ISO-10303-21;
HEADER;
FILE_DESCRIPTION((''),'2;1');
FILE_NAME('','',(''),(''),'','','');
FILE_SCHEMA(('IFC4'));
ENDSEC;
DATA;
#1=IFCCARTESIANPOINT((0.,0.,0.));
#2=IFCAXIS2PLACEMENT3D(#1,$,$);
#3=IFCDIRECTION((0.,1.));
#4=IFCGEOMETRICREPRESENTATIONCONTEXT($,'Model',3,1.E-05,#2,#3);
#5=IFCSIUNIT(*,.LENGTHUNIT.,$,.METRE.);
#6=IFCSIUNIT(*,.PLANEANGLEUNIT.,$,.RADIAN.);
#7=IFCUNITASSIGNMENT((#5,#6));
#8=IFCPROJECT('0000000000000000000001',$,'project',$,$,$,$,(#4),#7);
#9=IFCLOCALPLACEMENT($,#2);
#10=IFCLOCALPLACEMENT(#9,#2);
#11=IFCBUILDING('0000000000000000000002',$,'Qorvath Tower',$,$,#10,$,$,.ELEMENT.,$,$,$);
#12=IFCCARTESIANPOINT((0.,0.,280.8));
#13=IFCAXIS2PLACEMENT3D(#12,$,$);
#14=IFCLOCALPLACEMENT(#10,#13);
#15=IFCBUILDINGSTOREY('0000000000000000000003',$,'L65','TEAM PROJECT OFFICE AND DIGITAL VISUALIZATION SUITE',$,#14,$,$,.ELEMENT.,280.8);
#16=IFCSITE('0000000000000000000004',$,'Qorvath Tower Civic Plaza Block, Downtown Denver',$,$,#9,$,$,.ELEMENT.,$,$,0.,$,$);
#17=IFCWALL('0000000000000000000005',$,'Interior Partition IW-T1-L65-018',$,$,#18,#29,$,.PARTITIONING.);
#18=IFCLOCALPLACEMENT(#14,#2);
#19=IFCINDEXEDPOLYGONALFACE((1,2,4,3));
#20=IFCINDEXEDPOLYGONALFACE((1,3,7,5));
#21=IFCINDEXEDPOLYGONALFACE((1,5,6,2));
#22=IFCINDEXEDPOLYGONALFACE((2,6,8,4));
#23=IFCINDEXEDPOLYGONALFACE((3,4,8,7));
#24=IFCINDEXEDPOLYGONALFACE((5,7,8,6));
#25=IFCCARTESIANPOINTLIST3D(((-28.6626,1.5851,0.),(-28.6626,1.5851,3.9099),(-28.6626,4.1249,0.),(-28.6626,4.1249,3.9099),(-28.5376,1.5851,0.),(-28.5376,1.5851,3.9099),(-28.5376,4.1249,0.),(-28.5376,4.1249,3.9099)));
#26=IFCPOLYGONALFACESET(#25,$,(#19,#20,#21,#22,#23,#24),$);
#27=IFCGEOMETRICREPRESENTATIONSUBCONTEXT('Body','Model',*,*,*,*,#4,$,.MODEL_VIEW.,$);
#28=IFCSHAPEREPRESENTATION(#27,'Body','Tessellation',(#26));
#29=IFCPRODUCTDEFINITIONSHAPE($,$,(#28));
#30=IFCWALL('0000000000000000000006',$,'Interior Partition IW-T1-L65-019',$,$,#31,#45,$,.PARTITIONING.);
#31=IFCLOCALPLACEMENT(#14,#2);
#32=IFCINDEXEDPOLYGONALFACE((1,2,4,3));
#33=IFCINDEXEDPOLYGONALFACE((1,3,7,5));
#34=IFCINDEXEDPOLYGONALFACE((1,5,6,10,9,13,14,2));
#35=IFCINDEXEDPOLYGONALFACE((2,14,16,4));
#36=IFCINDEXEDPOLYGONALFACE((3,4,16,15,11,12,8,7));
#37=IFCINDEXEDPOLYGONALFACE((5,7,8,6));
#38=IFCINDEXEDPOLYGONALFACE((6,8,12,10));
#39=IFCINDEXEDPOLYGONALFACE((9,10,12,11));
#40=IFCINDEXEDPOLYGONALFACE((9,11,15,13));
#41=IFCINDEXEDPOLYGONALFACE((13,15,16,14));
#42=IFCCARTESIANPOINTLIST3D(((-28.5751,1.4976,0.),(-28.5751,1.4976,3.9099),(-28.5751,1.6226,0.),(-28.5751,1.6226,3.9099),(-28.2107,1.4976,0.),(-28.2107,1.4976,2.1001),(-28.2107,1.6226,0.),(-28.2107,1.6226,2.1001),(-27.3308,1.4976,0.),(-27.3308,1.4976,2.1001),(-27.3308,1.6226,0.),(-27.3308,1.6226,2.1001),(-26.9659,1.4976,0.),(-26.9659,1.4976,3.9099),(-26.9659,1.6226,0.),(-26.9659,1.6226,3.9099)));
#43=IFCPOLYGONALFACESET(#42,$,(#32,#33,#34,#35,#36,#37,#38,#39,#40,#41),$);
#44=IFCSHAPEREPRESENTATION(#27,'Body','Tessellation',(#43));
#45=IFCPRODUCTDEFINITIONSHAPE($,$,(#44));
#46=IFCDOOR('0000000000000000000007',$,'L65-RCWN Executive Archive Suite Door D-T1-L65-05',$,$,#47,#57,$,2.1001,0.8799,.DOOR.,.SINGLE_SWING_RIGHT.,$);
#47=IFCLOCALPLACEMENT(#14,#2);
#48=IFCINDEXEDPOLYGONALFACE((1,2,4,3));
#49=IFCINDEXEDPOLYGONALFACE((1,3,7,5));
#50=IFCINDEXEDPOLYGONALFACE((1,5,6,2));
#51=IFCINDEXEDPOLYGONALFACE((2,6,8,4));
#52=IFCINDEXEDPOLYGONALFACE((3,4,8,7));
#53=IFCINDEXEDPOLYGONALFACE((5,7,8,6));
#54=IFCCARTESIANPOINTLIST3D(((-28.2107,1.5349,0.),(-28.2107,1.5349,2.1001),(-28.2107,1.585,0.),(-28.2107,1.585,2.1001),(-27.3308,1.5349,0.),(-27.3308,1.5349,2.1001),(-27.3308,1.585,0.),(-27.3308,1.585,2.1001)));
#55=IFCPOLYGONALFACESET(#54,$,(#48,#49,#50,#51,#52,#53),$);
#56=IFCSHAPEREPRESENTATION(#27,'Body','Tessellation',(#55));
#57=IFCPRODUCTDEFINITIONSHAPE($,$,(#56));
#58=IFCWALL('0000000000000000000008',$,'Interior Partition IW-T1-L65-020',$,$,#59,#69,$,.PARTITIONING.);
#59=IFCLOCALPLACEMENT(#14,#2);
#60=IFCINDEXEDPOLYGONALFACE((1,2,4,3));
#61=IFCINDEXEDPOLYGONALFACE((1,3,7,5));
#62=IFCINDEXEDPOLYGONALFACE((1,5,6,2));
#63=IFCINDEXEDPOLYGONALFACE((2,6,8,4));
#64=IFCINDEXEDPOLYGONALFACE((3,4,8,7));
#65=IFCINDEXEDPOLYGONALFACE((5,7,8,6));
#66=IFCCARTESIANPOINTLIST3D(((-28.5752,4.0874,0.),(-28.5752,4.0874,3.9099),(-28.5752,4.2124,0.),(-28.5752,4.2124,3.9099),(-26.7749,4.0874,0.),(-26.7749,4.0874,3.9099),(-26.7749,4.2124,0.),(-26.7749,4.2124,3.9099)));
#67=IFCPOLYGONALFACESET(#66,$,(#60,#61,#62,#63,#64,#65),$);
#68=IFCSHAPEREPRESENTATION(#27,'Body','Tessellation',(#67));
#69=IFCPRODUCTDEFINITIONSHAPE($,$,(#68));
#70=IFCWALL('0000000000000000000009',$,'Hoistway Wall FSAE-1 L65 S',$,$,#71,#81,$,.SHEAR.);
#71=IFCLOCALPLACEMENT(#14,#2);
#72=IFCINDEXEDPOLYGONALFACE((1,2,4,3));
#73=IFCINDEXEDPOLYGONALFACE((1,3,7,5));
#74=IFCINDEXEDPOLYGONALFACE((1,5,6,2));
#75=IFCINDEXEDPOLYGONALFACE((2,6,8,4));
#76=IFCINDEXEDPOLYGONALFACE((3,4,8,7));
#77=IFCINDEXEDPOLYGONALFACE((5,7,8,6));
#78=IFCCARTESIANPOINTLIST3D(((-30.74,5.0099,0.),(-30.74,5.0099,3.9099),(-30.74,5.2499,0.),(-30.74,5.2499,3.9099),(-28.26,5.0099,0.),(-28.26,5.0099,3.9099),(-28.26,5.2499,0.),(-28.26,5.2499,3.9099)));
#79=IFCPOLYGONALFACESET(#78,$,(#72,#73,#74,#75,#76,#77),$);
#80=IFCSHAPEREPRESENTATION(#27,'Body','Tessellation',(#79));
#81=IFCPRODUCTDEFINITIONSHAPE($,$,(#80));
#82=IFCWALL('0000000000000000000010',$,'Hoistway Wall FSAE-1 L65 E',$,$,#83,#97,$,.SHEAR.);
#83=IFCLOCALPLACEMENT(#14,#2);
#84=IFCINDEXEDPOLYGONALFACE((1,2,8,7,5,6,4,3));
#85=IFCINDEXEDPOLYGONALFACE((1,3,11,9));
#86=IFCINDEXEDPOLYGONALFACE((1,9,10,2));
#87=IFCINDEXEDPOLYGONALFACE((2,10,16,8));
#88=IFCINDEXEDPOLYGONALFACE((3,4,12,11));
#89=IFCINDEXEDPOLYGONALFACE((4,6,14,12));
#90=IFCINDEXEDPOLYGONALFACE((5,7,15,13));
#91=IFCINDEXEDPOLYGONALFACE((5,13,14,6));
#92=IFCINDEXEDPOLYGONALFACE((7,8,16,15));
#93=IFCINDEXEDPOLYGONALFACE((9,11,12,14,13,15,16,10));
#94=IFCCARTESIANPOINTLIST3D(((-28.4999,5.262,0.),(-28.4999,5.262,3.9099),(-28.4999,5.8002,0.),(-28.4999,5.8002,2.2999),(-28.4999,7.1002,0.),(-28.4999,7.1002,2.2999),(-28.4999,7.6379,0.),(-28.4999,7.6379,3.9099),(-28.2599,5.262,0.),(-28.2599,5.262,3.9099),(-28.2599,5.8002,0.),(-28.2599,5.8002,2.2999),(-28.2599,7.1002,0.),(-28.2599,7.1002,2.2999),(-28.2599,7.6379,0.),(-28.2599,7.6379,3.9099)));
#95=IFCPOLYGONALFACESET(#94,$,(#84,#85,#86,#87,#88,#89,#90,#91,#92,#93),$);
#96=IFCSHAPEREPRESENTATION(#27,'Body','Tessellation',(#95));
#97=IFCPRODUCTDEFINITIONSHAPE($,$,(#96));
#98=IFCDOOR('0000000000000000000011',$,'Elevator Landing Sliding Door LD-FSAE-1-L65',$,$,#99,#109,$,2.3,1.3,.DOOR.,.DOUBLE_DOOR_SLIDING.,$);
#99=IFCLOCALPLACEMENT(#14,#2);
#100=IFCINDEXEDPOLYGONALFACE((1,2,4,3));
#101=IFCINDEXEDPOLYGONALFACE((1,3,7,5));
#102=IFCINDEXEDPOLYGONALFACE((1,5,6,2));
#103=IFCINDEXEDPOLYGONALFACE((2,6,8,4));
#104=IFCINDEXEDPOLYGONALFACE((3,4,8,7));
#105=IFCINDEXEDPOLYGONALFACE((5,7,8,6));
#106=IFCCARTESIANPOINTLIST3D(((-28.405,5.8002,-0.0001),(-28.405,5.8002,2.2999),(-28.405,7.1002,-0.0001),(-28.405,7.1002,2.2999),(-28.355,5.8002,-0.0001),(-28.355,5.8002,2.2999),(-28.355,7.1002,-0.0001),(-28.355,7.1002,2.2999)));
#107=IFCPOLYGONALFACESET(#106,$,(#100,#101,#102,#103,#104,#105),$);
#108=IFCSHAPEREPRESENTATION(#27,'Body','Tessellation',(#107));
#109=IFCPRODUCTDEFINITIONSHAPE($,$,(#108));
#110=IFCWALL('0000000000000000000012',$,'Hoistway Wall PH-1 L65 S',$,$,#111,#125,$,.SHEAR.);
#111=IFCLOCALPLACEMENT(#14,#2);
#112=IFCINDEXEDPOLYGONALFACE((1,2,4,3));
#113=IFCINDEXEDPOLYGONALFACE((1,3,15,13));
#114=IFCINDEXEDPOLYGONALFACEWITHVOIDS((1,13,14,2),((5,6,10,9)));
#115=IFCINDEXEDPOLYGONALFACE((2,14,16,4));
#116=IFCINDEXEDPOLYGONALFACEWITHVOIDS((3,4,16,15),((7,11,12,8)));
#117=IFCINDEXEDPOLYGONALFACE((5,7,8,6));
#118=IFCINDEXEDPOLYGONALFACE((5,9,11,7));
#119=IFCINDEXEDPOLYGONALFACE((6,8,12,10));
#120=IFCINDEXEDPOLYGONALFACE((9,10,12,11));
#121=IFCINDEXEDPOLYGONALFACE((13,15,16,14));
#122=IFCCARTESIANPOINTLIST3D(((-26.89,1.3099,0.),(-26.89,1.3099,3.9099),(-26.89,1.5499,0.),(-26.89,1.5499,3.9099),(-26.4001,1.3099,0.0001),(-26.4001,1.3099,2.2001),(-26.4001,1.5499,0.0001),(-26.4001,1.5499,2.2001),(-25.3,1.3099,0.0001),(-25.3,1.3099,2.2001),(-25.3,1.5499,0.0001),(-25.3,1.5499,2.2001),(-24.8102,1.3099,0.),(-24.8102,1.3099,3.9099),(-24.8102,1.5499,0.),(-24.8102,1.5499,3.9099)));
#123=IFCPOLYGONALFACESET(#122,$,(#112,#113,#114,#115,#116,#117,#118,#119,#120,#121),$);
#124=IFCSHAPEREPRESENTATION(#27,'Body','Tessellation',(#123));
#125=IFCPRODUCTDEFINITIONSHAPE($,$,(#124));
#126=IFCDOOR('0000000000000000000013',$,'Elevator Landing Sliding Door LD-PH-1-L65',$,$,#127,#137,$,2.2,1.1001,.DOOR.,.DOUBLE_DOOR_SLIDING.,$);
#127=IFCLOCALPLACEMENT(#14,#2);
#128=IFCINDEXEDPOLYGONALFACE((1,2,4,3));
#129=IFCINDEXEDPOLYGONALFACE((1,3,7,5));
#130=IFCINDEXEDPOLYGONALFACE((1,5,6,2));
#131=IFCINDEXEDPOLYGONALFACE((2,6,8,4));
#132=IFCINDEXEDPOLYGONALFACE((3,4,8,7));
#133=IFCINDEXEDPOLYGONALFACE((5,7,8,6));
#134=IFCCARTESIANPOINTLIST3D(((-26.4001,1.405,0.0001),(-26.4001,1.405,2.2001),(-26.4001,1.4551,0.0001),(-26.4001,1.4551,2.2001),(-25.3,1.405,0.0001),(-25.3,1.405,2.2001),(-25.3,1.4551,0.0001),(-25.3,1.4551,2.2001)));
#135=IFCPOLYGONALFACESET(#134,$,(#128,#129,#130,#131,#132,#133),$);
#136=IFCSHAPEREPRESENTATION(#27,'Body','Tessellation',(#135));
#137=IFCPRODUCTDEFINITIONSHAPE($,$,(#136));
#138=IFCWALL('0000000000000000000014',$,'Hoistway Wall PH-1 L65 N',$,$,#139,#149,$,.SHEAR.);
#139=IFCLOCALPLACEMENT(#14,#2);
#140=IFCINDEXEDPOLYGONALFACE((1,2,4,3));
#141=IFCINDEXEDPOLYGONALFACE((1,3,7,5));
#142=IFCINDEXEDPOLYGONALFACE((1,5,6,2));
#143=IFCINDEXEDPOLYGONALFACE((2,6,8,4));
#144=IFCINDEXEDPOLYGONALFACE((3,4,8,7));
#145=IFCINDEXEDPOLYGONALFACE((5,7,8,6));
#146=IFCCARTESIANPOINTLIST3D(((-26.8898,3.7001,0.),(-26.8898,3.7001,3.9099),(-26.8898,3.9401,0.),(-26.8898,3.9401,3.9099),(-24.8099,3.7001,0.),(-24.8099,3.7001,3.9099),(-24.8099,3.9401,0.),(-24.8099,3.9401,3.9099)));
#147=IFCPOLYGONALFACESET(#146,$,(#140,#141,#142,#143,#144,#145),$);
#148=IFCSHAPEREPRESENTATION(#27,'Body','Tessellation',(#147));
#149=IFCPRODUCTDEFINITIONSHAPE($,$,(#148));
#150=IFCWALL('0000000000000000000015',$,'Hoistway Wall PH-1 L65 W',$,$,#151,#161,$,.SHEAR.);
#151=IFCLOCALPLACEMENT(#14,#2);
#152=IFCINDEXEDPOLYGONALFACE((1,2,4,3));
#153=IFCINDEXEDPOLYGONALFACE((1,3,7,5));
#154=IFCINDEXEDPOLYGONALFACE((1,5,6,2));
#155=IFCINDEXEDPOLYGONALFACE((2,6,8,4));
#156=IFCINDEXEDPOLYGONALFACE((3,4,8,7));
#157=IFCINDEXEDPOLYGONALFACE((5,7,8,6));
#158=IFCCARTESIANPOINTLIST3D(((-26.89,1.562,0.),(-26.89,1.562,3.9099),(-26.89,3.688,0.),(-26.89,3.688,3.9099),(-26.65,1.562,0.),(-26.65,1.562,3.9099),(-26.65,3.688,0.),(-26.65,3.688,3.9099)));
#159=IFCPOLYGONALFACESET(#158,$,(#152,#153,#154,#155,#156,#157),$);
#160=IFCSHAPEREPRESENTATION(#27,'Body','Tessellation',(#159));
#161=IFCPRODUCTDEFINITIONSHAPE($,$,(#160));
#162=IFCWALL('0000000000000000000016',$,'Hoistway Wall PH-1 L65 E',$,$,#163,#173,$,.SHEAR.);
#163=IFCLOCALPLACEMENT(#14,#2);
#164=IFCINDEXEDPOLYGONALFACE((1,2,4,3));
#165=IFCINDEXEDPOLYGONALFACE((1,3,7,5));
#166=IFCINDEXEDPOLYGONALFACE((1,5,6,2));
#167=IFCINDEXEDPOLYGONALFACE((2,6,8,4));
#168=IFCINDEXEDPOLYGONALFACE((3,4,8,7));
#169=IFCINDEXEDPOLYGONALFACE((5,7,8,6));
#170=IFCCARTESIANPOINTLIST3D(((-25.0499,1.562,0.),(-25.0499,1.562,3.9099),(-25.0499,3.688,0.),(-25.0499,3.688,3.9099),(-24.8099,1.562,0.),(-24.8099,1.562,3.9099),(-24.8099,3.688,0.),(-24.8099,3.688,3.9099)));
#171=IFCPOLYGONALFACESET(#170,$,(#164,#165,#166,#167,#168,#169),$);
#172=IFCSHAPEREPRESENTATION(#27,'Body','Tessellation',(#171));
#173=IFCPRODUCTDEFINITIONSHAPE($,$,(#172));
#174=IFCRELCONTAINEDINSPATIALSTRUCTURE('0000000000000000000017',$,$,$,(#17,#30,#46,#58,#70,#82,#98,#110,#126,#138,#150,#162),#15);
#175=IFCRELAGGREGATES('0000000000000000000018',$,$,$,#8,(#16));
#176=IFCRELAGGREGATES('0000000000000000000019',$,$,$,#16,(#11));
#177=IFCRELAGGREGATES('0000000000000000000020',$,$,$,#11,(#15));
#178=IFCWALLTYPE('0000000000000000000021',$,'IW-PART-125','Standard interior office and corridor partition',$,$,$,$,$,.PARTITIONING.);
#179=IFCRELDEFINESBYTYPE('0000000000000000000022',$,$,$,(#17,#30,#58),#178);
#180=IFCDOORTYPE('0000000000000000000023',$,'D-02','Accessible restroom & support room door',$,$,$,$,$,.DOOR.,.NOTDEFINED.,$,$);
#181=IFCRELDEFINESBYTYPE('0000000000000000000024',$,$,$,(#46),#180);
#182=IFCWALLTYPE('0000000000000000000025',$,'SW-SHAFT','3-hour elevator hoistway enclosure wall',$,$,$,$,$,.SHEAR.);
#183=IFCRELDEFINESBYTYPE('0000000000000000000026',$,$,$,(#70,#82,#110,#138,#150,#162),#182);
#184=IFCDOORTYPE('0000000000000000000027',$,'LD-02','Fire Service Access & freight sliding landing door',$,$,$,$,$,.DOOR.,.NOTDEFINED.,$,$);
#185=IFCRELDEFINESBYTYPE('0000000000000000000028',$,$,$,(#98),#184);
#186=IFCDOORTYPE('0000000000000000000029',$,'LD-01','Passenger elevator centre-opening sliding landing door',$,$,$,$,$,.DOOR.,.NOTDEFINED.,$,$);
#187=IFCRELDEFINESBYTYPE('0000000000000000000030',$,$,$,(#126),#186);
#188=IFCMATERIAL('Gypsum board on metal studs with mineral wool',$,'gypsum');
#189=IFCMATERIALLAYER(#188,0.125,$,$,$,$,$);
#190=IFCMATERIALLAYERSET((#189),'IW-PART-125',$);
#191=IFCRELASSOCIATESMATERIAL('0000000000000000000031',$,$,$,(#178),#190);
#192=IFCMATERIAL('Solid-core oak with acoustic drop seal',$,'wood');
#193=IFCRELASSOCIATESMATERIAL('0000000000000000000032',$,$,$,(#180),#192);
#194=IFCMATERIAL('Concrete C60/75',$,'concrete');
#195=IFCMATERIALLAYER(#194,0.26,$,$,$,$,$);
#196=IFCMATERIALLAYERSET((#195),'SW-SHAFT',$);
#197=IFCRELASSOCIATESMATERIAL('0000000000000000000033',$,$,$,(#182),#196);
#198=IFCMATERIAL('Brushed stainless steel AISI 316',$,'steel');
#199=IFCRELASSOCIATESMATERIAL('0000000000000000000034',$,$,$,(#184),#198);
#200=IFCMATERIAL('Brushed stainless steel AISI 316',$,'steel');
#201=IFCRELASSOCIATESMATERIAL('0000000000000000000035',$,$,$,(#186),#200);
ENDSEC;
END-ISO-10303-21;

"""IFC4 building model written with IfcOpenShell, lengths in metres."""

from ifc_helpers import new_model, si_unit, direction, frame, frame_2d, origin, place, context, subcontext, project, spatial, rectangle, extrude, material, layer, layer_set, type_object, element, fill, save


model = new_model("IFC4")

# Units and contexts
model_context = context("Model", 3, precision=1e-05, world=origin(), true_north=direction((0.0, 1.0)))
body_context = subcontext(model_context, "Body", "Model", "MODEL_VIEW")
ifc_project = project(units=[si_unit("LENGTHUNIT", "METRE"), si_unit("PLANEANGLEUNIT", "RADIAN")], contexts=[model_context])

# Site, building, storey
site_placement = place(None, origin())
site = spatial("IfcSite", under=ifc_project, at=site_placement, Name="Qorvath Tower Civic Plaza Block, Downtown Denver", CompositionType="ELEMENT", RefElevation=0.0)
building_placement = place(site_placement, origin())
building = spatial("IfcBuilding", under=site, at=building_placement, Name="Qorvath Tower", CompositionType="ELEMENT")
storey_placement = place(building_placement, frame((0.0, 0.0, 280.8)))
storey = spatial("IfcBuildingStorey", under=building, at=storey_placement, Name="L65", Description="TEAM PROJECT OFFICE AND DIGITAL VISUALIZATION SUITE", CompositionType="ELEMENT", Elevation=280.8)

# Wall
ifc_material_1 = material(Name="Gypsum board on metal studs with mineral wool", Category="gypsum")
ifc_layer_1 = layer(ifc_material_1, 0.125)
ifc_layer_set_1 = layer_set([ifc_layer_1], Name="IW-PART-125")
wall_type_1 = type_object("IfcWallType", Name="IW-PART-125", Description="Standard interior office and corridor partition", PredefinedType="PARTITIONING", material=ifc_layer_set_1)
wall_1_placement = place(storey_placement, frame((-28.6001, 4.125, 0.0), z_axis=(0.0, 0.0, 1.0), x_axis=(0.0, -1.0, 0.0)))
element("IfcWall", 1, at=wall_1_placement, inside=storey, type_object=wall_type_1, Name="Interior Partition IW-T1-L65-018", PredefinedType="PARTITIONING", context=body_context, shape_type="SweptSolid", body=[
    extrude(rectangle(XDim=2.5398, YDim=0.125, at=frame_2d((1.27, 0.0))), origin(), (0.0, 0.0, 1.0), 3.9099),
])

# Wall, opening, door
wall_2_placement = place(storey_placement, frame((-28.5752, 1.5601, 0.0), z_axis=(0.0, 0.0, 1.0), x_axis=(1.0, 0.0, 0.0)))
wall_2 = element("IfcWall", 2, at=wall_2_placement, inside=storey, type_object=wall_type_1, Name="Interior Partition IW-T1-L65-019", PredefinedType="PARTITIONING", context=body_context, shape_type="SweptSolid", body=[
    extrude(rectangle(XDim=1.6091, YDim=0.125, at=frame_2d((0.8047, 0.0))), origin(), (0.0, 0.0, 1.0), 3.9099),
])
opening_1_placement = place(wall_2_placement, frame((0.3645, 0.0, 0.0)))
opening_1 = element("IfcOpeningElement", 3, at=opening_1_placement, cuts=wall_2, PredefinedType="OPENING", context=body_context, shape_type="SweptSolid", body=[
    extrude(rectangle(XDim=0.8799, YDim=2.1001, at=frame_2d((0.4399, 1.05))), frame((0.0, 0.0725, 0.0), z_axis=(0.0, -1.0, 0.0), x_axis=(1.0, 0.0, 0.0)), (0.0, 0.0, 1.0), 0.145),
])
ifc_material_2 = material(Name="Solid-core oak with acoustic drop seal", Category="wood")
door_type_1 = type_object("IfcDoorType", Name="D-02", Description="Accessible restroom & support room door", OperationType="NOTDEFINED", PredefinedType="DOOR", material=ifc_material_2)
door_1_placement = place(opening_1_placement, origin())
door_1 = element("IfcDoor", 4, at=door_1_placement, inside=storey, type_object=door_type_1, Name="L65-RCWN Executive Archive Suite Door D-T1-L65-05", OperationType="SINGLE_SWING_RIGHT", OverallHeight=2.1001, OverallWidth=0.8799, PredefinedType="DOOR", context=body_context, shape_type="SweptSolid", body=[
    extrude(rectangle(XDim=0.8799, YDim=2.1001, at=frame_2d((0.4399, 1.05))), frame((0.0, 0.0249, 0.0), z_axis=(0.0, -1.0, 0.0), x_axis=(1.0, 0.0, 0.0)), (0.0, 0.0, 1.0), 0.05),
])
fill(opening_1, door_1)

# Walls
wall_3_placement = place(storey_placement, frame((-26.7749, 4.1499, 0.0), z_axis=(0.0, 0.0, 1.0), x_axis=(-1.0, 0.0, 0.0)))
element("IfcWall", 5, at=wall_3_placement, inside=storey, type_object=wall_type_1, Name="Interior Partition IW-T1-L65-020", PredefinedType="PARTITIONING", context=body_context, shape_type="SweptSolid", body=[
    extrude(rectangle(XDim=1.8003, YDim=0.125, at=frame_2d((0.9001, 0.0))), origin(), (0.0, 0.0, 1.0), 3.9099),
])
ifc_material_3 = material(Name="Concrete C60/75", Category="concrete")
ifc_layer_2 = layer(ifc_material_3, 0.26)
ifc_layer_set_2 = layer_set([ifc_layer_2], Name="SW-SHAFT")
wall_type_2 = type_object("IfcWallType", Name="SW-SHAFT", Description="3-hour elevator hoistway enclosure wall", PredefinedType="SHEAR", material=ifc_layer_set_2)
wall_4_placement = place(storey_placement, frame((-28.26, 5.1299, 0.0), z_axis=(0.0, 0.0, 1.0), x_axis=(-1.0, 0.0, 0.0)))
element("IfcWall", 6, at=wall_4_placement, inside=storey, type_object=wall_type_2, Name="Hoistway Wall FSAE-1 L65 S", PredefinedType="SHEAR", context=body_context, shape_type="SweptSolid", body=[
    extrude(rectangle(XDim=2.48, YDim=0.24, at=frame_2d((1.24, 0.0))), origin(), (0.0, 0.0, 1.0), 3.9099),
])

# Walls, openings, doors
wall_5_placement = place(storey_placement, frame((-28.3799, 7.6379, 0.0), z_axis=(0.0, 0.0, 1.0), x_axis=(0.0, -1.0, 0.0)))
wall_5 = element("IfcWall", 7, at=wall_5_placement, inside=storey, type_object=wall_type_2, Name="Hoistway Wall FSAE-1 L65 E", PredefinedType="SHEAR", context=body_context, shape_type="SweptSolid", body=[
    extrude(rectangle(XDim=2.376, YDim=0.24, at=frame_2d((1.188, 0.0))), origin(), (0.0, 0.0, 1.0), 3.9099),
])
opening_2_placement = place(wall_5_placement, frame((0.5378, 0.0, 0.0)))
opening_2 = element("IfcOpeningElement", 8, at=opening_2_placement, cuts=wall_5, PredefinedType="OPENING", context=body_context, shape_type="SweptSolid", body=[
    extrude(rectangle(XDim=1.3, YDim=2.3, at=frame_2d((0.6499, 1.1499))), frame((0.0, 0.1299, 0.0), z_axis=(0.0, -1.0, 0.0), x_axis=(1.0, 0.0, 0.0)), (0.0, 0.0, 1.0), 0.26),
])
ifc_material_4 = material(Name="Brushed stainless steel AISI 316", Category="steel")
door_type_2 = type_object("IfcDoorType", Name="LD-02", Description="Fire Service Access & freight sliding landing door", OperationType="NOTDEFINED", PredefinedType="DOOR", material=ifc_material_4)
door_2_placement = place(opening_2_placement, origin())
door_2 = element("IfcDoor", 9, at=door_2_placement, inside=storey, type_object=door_type_2, Name="Elevator Landing Sliding Door LD-FSAE-1-L65", OperationType="DOUBLE_DOOR_SLIDING", OverallHeight=2.3, OverallWidth=1.3, PredefinedType="DOOR", context=body_context, shape_type="SweptSolid", body=[
    extrude(rectangle(XDim=1.3, YDim=2.3, at=frame_2d((0.6499, 1.1499))), frame((0.0, 0.0249, 0.0), z_axis=(0.0, -1.0, 0.0), x_axis=(1.0, 0.0, 0.0)), (0.0, 0.0, 1.0), 0.05),
])
fill(opening_2, door_2)
wall_6_placement = place(storey_placement, frame((-24.8101, 1.4299, 0.0), z_axis=(0.0, 0.0, 1.0), x_axis=(-1.0, 0.0, 0.0)))
wall_6 = element("IfcWall", 10, at=wall_6_placement, inside=storey, type_object=wall_type_2, Name="Hoistway Wall PH-1 L65 S", PredefinedType="SHEAR", context=body_context, shape_type="SweptSolid", body=[
    extrude(rectangle(XDim=2.0798, YDim=0.24, at=frame_2d((1.04, 0.0))), origin(), (0.0, 0.0, 1.0), 3.9099),
])
opening_3_placement = place(wall_6_placement, frame((0.49, 0.0, 0.0)))
opening_3 = element("IfcOpeningElement", 11, at=opening_3_placement, cuts=wall_6, PredefinedType="OPENING", context=body_context, shape_type="SweptSolid", body=[
    extrude(rectangle(XDim=1.1001, YDim=2.2, at=frame_2d((0.55, 1.1001))), frame((0.0, 0.1299, 0.0), z_axis=(0.0, -1.0, 0.0), x_axis=(1.0, 0.0, 0.0)), (0.0, 0.0, 1.0), 0.26),
])
ifc_material_5 = material(Name="Brushed stainless steel AISI 316", Category="steel")
door_type_3 = type_object("IfcDoorType", Name="LD-01", Description="Passenger elevator centre-opening sliding landing door", OperationType="NOTDEFINED", PredefinedType="DOOR", material=ifc_material_5)
door_3_placement = place(opening_3_placement, origin())
door_3 = element("IfcDoor", 12, at=door_3_placement, inside=storey, type_object=door_type_3, Name="Elevator Landing Sliding Door LD-PH-1-L65", OperationType="DOUBLE_DOOR_SLIDING", OverallHeight=2.2, OverallWidth=1.1001, PredefinedType="DOOR", context=body_context, shape_type="SweptSolid", body=[
    extrude(rectangle(XDim=1.1001, YDim=2.2, at=frame_2d((0.55, 1.1001))), frame((0.0, 0.0249, 0.0), z_axis=(0.0, -1.0, 0.0), x_axis=(1.0, 0.0, 0.0)), (0.0, 0.0, 1.0), 0.05),
])
fill(opening_3, door_3)

# Walls
wall_7_placement = place(storey_placement, frame((-26.8899, 3.8201, 0.0), z_axis=(0.0, 0.0, 1.0), x_axis=(1.0, 0.0, 0.0)))
element("IfcWall", 13, at=wall_7_placement, inside=storey, type_object=wall_type_2, Name="Hoistway Wall PH-1 L65 N", PredefinedType="SHEAR", context=body_context, shape_type="SweptSolid", body=[
    extrude(rectangle(XDim=2.0798, YDim=0.24, at=frame_2d((1.04, 0.0))), origin(), (0.0, 0.0, 1.0), 3.9099),
])
for number, where, z_axis, x_axis, name in (
    (14, (-26.77, 1.562, 0.0), (0.0, 0.0, 1.0), (0.0, 1.0, 0.0), "Hoistway Wall PH-1 L65 W"),
    (15, (-24.9299, 3.688, 0.0), (0.0, 0.0, 1.0), (0.0, -1.0, 0.0), "Hoistway Wall PH-1 L65 E"),
):
    element("IfcWall", number, at=place(storey_placement, frame(where, z_axis=z_axis, x_axis=x_axis)), inside=storey, type_object=wall_type_2, Name=name, PredefinedType="SHEAR", context=body_context, shape_type="SweptSolid", body=[
        extrude(rectangle(XDim=2.126, YDim=0.24, at=frame_2d((1.063, 0.0))), origin(), (0.0, 0.0, 1.0), 3.9099),
    ])

save(model, "model.ifc")
